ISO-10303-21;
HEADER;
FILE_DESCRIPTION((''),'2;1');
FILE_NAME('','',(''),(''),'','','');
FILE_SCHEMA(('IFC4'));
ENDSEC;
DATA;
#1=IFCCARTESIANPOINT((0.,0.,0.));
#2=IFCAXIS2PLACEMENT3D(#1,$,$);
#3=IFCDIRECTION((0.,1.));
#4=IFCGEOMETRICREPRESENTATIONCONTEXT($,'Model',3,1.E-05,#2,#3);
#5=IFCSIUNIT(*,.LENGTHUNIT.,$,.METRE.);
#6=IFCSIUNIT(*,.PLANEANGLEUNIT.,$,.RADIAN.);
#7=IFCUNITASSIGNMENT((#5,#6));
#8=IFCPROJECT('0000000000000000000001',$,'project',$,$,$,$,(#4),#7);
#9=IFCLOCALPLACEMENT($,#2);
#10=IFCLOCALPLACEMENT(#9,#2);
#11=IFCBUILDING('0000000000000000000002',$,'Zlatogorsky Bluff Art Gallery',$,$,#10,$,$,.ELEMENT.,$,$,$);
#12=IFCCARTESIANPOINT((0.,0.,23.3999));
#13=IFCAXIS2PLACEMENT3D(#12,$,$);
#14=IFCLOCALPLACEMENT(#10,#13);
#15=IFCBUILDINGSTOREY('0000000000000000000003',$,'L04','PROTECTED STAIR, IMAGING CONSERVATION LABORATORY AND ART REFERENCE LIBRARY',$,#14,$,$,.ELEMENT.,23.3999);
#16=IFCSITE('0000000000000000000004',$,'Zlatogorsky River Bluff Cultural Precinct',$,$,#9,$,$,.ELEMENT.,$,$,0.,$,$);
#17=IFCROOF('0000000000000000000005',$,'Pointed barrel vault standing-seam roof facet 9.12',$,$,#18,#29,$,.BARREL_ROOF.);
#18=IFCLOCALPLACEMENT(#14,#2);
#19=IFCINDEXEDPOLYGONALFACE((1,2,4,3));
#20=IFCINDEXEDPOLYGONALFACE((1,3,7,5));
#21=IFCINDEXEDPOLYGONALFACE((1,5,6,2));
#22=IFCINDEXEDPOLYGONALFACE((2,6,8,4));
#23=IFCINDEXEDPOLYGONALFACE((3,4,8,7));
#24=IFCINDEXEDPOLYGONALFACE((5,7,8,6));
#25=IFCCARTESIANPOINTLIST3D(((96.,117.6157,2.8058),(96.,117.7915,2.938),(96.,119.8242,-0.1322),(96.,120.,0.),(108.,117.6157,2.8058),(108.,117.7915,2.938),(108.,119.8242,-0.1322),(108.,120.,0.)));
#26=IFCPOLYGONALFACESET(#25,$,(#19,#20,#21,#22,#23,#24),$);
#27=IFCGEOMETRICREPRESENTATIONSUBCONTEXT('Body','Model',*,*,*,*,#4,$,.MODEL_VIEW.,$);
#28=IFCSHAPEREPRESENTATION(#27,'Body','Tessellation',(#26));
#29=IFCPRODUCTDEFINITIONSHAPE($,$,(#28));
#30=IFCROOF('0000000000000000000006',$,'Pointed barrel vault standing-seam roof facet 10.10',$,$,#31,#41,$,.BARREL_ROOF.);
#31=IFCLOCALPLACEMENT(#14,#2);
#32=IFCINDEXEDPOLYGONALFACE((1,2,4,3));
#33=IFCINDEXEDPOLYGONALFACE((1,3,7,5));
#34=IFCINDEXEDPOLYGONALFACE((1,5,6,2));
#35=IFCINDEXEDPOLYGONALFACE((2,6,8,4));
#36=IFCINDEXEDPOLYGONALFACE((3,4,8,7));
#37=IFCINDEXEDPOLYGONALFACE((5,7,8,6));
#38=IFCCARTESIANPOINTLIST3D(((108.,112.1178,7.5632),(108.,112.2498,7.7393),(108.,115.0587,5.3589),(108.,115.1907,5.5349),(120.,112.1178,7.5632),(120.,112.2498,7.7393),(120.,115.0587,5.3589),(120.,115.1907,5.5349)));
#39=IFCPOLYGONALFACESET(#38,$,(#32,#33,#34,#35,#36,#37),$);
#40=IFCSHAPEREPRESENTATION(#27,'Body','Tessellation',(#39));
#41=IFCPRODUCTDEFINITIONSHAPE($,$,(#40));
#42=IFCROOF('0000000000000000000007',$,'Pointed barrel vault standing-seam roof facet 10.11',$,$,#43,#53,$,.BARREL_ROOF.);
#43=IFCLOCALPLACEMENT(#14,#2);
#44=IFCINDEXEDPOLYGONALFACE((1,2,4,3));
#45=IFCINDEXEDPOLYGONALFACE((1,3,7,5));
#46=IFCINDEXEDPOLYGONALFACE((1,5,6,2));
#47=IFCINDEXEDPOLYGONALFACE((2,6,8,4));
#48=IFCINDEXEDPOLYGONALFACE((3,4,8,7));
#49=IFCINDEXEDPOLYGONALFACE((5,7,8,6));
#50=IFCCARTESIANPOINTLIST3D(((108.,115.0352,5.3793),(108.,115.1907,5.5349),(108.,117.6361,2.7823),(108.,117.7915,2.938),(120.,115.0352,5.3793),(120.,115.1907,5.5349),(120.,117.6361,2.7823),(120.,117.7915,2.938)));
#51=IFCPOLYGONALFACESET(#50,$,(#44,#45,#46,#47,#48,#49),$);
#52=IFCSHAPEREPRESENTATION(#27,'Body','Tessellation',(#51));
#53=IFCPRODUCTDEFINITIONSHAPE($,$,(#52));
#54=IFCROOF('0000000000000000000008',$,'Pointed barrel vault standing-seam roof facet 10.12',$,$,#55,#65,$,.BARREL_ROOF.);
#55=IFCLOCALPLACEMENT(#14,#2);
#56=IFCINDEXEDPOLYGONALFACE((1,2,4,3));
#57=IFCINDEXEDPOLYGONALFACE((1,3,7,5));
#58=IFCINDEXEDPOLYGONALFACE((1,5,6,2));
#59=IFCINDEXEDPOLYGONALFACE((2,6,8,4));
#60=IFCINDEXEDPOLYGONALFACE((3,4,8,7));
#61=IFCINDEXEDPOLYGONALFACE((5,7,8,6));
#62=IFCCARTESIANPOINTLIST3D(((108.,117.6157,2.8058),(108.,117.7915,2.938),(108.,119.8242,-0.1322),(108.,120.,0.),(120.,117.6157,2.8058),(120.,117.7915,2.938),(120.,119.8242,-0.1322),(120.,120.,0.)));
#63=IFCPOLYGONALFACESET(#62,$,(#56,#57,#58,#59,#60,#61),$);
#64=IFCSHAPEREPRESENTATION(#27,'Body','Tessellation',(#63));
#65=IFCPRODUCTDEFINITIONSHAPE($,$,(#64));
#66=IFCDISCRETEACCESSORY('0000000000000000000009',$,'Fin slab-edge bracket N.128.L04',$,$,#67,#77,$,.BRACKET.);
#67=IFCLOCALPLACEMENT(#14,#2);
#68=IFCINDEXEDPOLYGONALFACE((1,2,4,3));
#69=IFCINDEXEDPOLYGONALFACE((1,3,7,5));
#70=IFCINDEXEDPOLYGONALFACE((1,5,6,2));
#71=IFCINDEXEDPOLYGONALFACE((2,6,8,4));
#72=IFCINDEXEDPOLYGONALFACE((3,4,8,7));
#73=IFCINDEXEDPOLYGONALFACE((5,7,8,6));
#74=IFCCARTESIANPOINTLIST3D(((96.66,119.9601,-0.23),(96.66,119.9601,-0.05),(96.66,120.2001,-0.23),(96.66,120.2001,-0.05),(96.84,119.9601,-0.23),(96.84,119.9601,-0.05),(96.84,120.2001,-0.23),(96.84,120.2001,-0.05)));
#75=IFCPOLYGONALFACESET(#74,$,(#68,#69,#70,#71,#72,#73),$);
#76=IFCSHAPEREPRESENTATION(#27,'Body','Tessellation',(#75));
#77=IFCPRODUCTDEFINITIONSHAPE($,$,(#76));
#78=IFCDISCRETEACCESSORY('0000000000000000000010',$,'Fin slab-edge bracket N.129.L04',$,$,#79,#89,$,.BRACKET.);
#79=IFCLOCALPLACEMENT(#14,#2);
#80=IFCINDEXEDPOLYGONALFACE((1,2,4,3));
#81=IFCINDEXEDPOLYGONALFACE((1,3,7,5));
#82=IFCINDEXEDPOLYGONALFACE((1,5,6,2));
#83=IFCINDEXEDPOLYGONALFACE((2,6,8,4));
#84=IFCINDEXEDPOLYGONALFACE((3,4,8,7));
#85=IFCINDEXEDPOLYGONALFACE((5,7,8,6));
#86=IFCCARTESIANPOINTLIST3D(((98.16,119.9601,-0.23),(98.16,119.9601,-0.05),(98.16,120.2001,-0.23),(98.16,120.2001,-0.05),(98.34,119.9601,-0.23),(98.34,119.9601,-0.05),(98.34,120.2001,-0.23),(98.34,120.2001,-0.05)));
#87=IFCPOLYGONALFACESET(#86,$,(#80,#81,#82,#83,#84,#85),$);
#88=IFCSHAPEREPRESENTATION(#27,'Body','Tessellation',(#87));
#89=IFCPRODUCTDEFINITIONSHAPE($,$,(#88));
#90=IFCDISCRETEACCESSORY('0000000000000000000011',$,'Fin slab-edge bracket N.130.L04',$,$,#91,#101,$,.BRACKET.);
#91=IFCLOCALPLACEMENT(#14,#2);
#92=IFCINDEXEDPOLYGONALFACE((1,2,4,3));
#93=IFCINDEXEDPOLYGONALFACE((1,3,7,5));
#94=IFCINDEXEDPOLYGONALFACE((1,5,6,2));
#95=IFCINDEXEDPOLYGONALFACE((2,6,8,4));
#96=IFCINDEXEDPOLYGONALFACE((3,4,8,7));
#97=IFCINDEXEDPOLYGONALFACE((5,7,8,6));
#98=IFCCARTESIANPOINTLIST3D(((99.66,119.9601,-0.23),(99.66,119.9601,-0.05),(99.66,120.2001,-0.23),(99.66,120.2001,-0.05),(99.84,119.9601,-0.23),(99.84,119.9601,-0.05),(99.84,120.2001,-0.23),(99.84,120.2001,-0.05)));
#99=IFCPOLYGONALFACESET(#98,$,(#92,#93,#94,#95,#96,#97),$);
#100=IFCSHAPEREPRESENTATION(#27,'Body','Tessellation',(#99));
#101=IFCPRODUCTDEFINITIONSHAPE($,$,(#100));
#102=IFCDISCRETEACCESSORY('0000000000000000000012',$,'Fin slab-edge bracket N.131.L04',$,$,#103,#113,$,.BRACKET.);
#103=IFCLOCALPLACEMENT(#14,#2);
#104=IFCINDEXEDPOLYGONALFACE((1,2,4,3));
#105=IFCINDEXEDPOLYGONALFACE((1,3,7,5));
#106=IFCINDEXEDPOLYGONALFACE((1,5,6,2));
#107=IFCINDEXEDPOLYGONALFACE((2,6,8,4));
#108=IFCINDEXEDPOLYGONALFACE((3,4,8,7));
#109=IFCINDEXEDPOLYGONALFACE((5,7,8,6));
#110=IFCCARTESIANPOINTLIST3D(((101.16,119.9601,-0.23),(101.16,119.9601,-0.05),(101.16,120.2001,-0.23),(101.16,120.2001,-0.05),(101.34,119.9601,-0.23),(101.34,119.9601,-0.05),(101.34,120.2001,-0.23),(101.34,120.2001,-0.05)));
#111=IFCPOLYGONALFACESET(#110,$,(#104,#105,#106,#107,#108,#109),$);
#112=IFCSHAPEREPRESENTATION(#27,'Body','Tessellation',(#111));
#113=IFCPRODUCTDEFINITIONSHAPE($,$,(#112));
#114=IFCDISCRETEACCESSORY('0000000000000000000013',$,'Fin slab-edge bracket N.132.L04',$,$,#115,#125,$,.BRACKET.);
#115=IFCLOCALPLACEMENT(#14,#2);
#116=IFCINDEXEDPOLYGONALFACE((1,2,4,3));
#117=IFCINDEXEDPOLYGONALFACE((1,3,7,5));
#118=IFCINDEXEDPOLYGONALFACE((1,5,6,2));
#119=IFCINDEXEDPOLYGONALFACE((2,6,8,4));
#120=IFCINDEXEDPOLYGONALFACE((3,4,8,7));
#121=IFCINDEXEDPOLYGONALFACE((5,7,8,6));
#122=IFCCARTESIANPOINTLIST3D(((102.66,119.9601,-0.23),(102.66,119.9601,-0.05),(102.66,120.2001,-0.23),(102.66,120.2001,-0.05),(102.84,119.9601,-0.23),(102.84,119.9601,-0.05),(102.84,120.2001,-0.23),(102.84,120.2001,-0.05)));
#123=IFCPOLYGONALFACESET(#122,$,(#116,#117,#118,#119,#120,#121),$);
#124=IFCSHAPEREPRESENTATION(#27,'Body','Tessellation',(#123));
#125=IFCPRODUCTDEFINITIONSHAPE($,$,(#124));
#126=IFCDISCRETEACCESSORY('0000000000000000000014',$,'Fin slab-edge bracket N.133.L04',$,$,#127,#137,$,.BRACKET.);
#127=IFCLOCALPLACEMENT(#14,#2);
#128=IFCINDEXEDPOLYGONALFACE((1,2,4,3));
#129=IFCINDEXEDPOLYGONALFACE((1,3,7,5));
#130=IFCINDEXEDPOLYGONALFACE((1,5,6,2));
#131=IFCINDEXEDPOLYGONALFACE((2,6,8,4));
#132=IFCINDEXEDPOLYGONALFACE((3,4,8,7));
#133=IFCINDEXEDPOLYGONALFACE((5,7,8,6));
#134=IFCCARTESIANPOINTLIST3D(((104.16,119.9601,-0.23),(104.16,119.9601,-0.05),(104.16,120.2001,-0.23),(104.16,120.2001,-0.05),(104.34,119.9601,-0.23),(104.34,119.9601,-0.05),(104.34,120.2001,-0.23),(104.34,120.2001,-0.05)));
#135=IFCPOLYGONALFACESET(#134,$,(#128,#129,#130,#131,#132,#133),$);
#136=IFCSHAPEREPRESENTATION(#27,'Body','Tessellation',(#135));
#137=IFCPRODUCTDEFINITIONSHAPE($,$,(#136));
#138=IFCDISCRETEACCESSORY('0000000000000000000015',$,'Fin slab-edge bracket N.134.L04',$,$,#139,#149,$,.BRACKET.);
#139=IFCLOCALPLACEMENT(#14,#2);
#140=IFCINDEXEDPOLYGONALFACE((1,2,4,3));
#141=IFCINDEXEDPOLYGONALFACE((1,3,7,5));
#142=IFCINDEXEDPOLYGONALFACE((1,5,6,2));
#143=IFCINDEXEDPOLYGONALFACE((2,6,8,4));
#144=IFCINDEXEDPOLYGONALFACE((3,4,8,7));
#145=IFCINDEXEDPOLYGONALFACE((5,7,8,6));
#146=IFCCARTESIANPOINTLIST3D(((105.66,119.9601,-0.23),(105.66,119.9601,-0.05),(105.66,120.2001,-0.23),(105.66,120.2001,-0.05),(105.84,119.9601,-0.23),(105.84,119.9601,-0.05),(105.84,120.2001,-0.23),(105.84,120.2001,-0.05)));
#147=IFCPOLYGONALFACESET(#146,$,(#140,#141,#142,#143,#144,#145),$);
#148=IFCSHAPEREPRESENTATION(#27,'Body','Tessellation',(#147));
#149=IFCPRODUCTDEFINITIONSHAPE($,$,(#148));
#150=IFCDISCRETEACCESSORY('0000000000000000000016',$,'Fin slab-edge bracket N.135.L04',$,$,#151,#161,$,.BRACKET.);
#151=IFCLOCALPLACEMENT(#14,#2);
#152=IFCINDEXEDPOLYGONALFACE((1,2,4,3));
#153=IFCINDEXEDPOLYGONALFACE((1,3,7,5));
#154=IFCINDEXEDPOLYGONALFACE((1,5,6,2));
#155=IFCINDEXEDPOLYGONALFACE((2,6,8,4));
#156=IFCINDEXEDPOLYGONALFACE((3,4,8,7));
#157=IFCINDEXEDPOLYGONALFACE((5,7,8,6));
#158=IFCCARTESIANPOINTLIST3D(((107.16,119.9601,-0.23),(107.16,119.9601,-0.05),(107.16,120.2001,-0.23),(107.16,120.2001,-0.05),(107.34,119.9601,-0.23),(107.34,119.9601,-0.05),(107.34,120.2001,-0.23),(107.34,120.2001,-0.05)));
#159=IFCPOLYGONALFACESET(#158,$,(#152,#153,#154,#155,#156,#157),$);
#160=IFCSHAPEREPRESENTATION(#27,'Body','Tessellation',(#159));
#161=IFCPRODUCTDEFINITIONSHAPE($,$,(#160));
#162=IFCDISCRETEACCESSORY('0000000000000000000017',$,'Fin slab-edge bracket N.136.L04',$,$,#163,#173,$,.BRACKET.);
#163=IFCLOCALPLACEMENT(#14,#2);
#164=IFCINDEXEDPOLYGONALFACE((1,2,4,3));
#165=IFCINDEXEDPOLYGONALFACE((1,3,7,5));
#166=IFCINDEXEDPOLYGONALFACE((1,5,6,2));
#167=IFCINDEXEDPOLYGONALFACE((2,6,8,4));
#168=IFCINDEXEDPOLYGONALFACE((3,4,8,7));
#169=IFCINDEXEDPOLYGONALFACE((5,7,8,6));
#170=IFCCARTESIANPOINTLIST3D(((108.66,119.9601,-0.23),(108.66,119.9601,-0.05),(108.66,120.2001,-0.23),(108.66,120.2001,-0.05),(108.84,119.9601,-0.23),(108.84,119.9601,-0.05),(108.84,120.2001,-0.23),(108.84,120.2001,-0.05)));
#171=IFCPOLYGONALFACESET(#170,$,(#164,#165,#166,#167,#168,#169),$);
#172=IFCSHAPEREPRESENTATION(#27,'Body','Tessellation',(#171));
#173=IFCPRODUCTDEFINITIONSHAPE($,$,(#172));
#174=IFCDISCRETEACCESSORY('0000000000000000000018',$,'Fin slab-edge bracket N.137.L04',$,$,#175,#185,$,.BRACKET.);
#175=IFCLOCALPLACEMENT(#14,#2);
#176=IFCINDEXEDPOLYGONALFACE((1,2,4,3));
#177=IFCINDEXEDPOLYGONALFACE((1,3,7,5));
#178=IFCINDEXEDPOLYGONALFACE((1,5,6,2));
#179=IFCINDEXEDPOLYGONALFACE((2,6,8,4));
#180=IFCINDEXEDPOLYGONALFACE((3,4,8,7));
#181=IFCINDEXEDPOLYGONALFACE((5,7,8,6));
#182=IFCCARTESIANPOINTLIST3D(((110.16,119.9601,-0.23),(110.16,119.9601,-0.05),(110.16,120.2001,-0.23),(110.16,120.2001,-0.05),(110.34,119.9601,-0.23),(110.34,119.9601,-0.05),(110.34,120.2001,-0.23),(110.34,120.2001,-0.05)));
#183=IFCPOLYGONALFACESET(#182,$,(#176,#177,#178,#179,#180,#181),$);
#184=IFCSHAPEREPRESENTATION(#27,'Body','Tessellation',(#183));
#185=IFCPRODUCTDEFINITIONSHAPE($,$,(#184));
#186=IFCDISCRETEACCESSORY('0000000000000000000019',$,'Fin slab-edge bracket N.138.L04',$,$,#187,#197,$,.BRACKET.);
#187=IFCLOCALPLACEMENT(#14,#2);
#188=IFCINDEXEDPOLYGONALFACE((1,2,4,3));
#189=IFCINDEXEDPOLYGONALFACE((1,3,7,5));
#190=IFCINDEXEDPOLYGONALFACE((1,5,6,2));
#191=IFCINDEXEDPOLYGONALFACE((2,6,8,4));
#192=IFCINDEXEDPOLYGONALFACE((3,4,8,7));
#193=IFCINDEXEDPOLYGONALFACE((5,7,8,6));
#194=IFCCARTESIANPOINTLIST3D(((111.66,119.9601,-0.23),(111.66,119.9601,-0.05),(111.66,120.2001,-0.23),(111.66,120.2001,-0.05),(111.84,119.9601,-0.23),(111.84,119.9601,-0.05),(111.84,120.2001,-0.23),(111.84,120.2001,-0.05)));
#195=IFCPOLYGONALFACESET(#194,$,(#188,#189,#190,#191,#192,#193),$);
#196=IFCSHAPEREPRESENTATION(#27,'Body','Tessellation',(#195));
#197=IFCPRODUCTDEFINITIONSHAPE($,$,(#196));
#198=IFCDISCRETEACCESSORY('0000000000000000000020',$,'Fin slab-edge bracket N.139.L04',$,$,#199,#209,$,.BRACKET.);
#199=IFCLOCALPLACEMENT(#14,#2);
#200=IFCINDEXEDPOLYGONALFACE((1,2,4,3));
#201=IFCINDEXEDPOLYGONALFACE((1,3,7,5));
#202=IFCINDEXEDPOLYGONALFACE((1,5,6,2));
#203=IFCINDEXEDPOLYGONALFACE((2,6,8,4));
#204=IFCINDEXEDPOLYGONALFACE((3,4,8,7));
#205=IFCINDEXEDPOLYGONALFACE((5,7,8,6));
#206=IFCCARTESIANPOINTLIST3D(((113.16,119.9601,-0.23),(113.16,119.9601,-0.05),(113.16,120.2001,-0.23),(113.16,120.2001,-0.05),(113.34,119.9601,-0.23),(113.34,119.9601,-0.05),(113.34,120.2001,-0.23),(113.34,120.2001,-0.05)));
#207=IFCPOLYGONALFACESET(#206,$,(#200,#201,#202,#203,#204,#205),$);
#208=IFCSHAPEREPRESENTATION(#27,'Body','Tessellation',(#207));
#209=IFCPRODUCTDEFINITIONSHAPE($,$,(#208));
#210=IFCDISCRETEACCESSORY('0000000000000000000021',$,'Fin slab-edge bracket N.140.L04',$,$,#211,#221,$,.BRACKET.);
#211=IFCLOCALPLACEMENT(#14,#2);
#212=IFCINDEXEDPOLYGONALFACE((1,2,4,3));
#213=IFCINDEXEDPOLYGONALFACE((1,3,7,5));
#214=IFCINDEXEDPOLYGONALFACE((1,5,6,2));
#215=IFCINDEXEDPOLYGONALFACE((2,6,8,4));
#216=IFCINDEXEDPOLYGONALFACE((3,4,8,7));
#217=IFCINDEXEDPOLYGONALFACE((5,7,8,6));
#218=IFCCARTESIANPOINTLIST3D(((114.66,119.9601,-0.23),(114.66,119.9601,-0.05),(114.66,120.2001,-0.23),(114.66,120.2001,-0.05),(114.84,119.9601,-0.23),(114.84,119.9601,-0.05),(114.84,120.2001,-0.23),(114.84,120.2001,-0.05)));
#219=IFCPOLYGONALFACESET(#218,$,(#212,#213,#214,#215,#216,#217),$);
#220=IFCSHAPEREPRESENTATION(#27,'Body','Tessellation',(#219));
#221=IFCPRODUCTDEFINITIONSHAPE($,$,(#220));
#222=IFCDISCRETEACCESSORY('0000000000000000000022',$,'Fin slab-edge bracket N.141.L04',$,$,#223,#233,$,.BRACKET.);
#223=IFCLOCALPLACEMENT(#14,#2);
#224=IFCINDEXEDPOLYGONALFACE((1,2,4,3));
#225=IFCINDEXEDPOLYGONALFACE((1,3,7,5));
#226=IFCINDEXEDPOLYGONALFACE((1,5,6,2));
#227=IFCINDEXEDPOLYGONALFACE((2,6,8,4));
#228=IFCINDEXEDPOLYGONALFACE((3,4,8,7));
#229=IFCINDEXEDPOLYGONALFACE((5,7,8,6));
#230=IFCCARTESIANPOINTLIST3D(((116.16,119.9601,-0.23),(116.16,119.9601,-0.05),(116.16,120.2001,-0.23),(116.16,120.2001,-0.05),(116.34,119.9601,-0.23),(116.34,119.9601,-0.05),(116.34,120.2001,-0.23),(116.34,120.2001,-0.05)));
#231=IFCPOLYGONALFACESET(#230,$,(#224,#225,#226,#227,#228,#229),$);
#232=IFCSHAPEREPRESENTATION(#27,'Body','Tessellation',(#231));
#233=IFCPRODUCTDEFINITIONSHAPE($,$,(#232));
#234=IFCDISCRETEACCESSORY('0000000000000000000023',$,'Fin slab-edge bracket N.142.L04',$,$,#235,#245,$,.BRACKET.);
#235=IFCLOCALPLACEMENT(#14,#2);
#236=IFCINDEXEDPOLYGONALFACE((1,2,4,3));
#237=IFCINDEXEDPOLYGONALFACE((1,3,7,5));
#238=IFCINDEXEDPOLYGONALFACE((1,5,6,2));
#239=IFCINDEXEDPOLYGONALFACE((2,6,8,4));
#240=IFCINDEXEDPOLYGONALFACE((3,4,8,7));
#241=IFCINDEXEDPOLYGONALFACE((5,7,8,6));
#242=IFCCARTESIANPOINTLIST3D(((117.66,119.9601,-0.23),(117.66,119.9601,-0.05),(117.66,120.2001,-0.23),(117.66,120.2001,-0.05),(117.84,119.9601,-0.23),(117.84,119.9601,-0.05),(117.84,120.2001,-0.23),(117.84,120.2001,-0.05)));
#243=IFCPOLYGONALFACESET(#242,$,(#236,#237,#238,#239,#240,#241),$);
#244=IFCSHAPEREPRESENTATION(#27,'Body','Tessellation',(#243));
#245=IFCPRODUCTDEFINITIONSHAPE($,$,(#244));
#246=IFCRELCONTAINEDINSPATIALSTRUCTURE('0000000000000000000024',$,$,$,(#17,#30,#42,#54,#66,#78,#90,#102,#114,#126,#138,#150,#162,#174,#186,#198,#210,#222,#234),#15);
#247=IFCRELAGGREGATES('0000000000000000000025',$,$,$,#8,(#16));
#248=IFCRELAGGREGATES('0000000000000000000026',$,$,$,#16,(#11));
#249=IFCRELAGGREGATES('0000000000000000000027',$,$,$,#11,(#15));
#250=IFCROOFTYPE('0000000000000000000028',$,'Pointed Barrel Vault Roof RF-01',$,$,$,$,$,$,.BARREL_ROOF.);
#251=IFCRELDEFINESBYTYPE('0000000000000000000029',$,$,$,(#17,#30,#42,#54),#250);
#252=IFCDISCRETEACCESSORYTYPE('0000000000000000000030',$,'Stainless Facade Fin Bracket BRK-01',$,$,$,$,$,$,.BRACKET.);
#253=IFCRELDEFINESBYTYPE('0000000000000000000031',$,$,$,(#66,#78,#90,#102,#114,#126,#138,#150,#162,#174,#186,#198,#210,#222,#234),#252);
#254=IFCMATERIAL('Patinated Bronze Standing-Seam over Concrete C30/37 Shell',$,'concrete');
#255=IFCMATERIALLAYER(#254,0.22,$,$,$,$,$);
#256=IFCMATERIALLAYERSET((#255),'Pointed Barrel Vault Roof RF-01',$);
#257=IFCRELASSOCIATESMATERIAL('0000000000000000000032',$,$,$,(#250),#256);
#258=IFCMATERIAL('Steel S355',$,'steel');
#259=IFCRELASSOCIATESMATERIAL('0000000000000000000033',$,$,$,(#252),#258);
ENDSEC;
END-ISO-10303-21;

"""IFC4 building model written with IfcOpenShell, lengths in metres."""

from ifc_helpers import new_model, si_unit, direction, frame, origin, origin_2d, place, context, subcontext, project, spatial, polyline, rectangle, outline, extrude, material, layer, layer_set, type_object, element, save


model = new_model("IFC4")

# Units and contexts
model_context = context("Model", 3, precision=1e-05, world=origin(), true_north=direction((0.0, 1.0)))
body_context = subcontext(model_context, "Body", "Model", "MODEL_VIEW")
ifc_project = project(units=[si_unit("LENGTHUNIT", "METRE"), si_unit("PLANEANGLEUNIT", "RADIAN")], contexts=[model_context])

# Site, building, storey
site_placement = place(None, origin())
site = spatial("IfcSite", under=ifc_project, at=site_placement, Name="Zlatogorsky River Bluff Cultural Precinct", CompositionType="ELEMENT", RefElevation=0.0)
building_placement = place(site_placement, origin())
building = spatial("IfcBuilding", under=site, at=building_placement, Name="Zlatogorsky Bluff Art Gallery", CompositionType="ELEMENT")
storey_placement = place(building_placement, frame((0.0, 0.0, 23.3999)))
storey = spatial("IfcBuildingStorey", under=building, at=storey_placement, Name="L04", Description="PROTECTED STAIR, IMAGING CONSERVATION LABORATORY AND ART REFERENCE LIBRARY", CompositionType="ELEMENT", Elevation=23.3999)

# Shared definitions
ifc_material_1 = material(Name="Steel S355", Category="steel")

# Roofs
ifc_material_2 = material(Name="Patinated Bronze Standing-Seam over Concrete C30/37 Shell", Category="concrete")
ifc_layer_1 = layer(ifc_material_2, 0.22)
ifc_layer_set_1 = layer_set([ifc_layer_1], Name="Pointed Barrel Vault Roof RF-01")
roof_type = type_object("IfcRoofType", Name="Pointed Barrel Vault Roof RF-01", PredefinedType="BARREL_ROOF", material=ifc_layer_set_1)
roof_1_placement = place(storey_placement, frame((96.0, 117.7915, 2.938), z_axis=(0.0, 0.799346, 0.600871), x_axis=(1.0, 0.0, 0.0)))
element("IfcRoof", 1, at=roof_1_placement, inside=storey, type_object=roof_type, Name="Pointed barrel vault standing-seam roof facet 9.12", PredefinedType="BARREL_ROOF", context=body_context, shape_type="SweptSolid", body=[
    extrude(outline(polyline([(0.0, 0.0), (12.0, 0.0), (12.0, 3.6755), (0.0, 3.6755), (0.0, 0.0)])), origin(), (0.0, 0.0, -1.0), 0.22),
])
roof_2_placement = place(storey_placement, frame((108.0, 112.2498, 7.7393), z_axis=(0.0, 0.599766, 0.800175), x_axis=(1.0, 0.0, 0.0)))
element("IfcRoof", 2, at=roof_2_placement, inside=storey, type_object=roof_type, Name="Pointed barrel vault standing-seam roof facet 10.10", PredefinedType="BARREL_ROOF", context=body_context, shape_type="SweptSolid", body=[
    extrude(outline(polyline([(0.0, 0.0), (12.0, 0.0), (12.0, 3.6753), (0.0, 3.6753), (0.0, 0.0)])), origin(), (0.0, 0.0, -1.0), 0.22),
])
roof_3_placement = place(storey_placement, frame((108.0, 115.1907, 5.5349), z_axis=(0.0, 0.706575, 0.707638), x_axis=(1.0, 0.0, 0.0)))
element("IfcRoof", 3, at=roof_3_placement, inside=storey, type_object=roof_type, Name="Pointed barrel vault standing-seam roof facet 10.11", PredefinedType="BARREL_ROOF", context=body_context, shape_type="SweptSolid", body=[
    extrude(outline(polyline([(0.0, 0.0), (12.0, 0.0), (12.0, 3.6754), (0.0, 3.6754), (0.0, 0.0)])), origin(), (0.0, 0.0, -1.0), 0.22),
])
roof_4_placement = place(storey_placement, frame((108.0, 117.7915, 2.938), z_axis=(0.0, 0.799346, 0.600871), x_axis=(1.0, 0.0, 0.0)))
element("IfcRoof", 4, at=roof_4_placement, inside=storey, type_object=roof_type, Name="Pointed barrel vault standing-seam roof facet 10.12", PredefinedType="BARREL_ROOF", context=body_context, shape_type="SweptSolid", body=[
    extrude(outline(polyline([(0.0, 0.0), (12.0, 0.0), (12.0, 3.6755), (0.0, 3.6755), (0.0, 0.0)])), origin(), (0.0, 0.0, -1.0), 0.22),
])

# Discrete accessories
discrete_accessory_type = type_object("IfcDiscreteAccessoryType", Name="Stainless Facade Fin Bracket BRK-01", PredefinedType="BRACKET", material=ifc_material_1)
for number, where, z_axis, x_axis, name in (
    (5, (96.75, 120.0801, -0.23), (0.0, 0.0, 1.0), (1.0, 0.0, 0.0), "Fin slab-edge bracket N.128.L04"),
    (6, (98.25, 120.0801, -0.23), (0.0, 0.0, 1.0), (1.0, 0.0, 0.0), "Fin slab-edge bracket N.129.L04"),
    (7, (99.75, 120.0801, -0.23), (0.0, 0.0, 1.0), (1.0, 0.0, 0.0), "Fin slab-edge bracket N.130.L04"),
    (8, (101.25, 120.0801, -0.23), (0.0, 0.0, 1.0), (1.0, 0.0, 0.0), "Fin slab-edge bracket N.131.L04"),
    (9, (102.75, 120.0801, -0.23), (0.0, 0.0, 1.0), (1.0, 0.0, 0.0), "Fin slab-edge bracket N.132.L04"),
    (10, (104.25, 120.0801, -0.23), (0.0, 0.0, 1.0), (1.0, 0.0, 0.0), "Fin slab-edge bracket N.133.L04"),
    (11, (105.75, 120.0801, -0.23), (0.0, 0.0, 1.0), (1.0, 0.0, 0.0), "Fin slab-edge bracket N.134.L04"),
    (12, (107.25, 120.0801, -0.23), (0.0, 0.0, 1.0), (1.0, 0.0, 0.0), "Fin slab-edge bracket N.135.L04"),
    (13, (108.75, 120.0801, -0.23), (0.0, 0.0, 1.0), (1.0, 0.0, 0.0), "Fin slab-edge bracket N.136.L04"),
    (14, (110.25, 120.0801, -0.23), (0.0, 0.0, 1.0), (1.0, 0.0, 0.0), "Fin slab-edge bracket N.137.L04"),
    (15, (111.75, 120.0801, -0.23), (0.0, 0.0, 1.0), (1.0, 0.0, 0.0), "Fin slab-edge bracket N.138.L04"),
    (16, (113.25, 120.0801, -0.23), (0.0, 0.0, 1.0), (1.0, 0.0, 0.0), "Fin slab-edge bracket N.139.L04"),
    (17, (114.75, 120.0801, -0.23), (0.0, 0.0, 1.0), (1.0, 0.0, 0.0), "Fin slab-edge bracket N.140.L04"),
    (18, (116.25, 120.0801, -0.23), (0.0, 0.0, 1.0), (1.0, 0.0, 0.0), "Fin slab-edge bracket N.141.L04"),
    (19, (117.75, 120.0801, -0.23), (0.0, 0.0, 1.0), (1.0, 0.0, 0.0), "Fin slab-edge bracket N.142.L04"),
):
    element("IfcDiscreteAccessory", number, at=place(storey_placement, frame(where, z_axis=z_axis, x_axis=x_axis)), inside=storey, type_object=discrete_accessory_type, Name=name, PredefinedType="BRACKET", context=body_context, shape_type="SweptSolid", body=[
        extrude(rectangle(XDim=0.1799, YDim=0.24, at=origin_2d()), origin(), (0.0, 0.0, 1.0), 0.1799),
    ])

save(model, "model.ifc")
